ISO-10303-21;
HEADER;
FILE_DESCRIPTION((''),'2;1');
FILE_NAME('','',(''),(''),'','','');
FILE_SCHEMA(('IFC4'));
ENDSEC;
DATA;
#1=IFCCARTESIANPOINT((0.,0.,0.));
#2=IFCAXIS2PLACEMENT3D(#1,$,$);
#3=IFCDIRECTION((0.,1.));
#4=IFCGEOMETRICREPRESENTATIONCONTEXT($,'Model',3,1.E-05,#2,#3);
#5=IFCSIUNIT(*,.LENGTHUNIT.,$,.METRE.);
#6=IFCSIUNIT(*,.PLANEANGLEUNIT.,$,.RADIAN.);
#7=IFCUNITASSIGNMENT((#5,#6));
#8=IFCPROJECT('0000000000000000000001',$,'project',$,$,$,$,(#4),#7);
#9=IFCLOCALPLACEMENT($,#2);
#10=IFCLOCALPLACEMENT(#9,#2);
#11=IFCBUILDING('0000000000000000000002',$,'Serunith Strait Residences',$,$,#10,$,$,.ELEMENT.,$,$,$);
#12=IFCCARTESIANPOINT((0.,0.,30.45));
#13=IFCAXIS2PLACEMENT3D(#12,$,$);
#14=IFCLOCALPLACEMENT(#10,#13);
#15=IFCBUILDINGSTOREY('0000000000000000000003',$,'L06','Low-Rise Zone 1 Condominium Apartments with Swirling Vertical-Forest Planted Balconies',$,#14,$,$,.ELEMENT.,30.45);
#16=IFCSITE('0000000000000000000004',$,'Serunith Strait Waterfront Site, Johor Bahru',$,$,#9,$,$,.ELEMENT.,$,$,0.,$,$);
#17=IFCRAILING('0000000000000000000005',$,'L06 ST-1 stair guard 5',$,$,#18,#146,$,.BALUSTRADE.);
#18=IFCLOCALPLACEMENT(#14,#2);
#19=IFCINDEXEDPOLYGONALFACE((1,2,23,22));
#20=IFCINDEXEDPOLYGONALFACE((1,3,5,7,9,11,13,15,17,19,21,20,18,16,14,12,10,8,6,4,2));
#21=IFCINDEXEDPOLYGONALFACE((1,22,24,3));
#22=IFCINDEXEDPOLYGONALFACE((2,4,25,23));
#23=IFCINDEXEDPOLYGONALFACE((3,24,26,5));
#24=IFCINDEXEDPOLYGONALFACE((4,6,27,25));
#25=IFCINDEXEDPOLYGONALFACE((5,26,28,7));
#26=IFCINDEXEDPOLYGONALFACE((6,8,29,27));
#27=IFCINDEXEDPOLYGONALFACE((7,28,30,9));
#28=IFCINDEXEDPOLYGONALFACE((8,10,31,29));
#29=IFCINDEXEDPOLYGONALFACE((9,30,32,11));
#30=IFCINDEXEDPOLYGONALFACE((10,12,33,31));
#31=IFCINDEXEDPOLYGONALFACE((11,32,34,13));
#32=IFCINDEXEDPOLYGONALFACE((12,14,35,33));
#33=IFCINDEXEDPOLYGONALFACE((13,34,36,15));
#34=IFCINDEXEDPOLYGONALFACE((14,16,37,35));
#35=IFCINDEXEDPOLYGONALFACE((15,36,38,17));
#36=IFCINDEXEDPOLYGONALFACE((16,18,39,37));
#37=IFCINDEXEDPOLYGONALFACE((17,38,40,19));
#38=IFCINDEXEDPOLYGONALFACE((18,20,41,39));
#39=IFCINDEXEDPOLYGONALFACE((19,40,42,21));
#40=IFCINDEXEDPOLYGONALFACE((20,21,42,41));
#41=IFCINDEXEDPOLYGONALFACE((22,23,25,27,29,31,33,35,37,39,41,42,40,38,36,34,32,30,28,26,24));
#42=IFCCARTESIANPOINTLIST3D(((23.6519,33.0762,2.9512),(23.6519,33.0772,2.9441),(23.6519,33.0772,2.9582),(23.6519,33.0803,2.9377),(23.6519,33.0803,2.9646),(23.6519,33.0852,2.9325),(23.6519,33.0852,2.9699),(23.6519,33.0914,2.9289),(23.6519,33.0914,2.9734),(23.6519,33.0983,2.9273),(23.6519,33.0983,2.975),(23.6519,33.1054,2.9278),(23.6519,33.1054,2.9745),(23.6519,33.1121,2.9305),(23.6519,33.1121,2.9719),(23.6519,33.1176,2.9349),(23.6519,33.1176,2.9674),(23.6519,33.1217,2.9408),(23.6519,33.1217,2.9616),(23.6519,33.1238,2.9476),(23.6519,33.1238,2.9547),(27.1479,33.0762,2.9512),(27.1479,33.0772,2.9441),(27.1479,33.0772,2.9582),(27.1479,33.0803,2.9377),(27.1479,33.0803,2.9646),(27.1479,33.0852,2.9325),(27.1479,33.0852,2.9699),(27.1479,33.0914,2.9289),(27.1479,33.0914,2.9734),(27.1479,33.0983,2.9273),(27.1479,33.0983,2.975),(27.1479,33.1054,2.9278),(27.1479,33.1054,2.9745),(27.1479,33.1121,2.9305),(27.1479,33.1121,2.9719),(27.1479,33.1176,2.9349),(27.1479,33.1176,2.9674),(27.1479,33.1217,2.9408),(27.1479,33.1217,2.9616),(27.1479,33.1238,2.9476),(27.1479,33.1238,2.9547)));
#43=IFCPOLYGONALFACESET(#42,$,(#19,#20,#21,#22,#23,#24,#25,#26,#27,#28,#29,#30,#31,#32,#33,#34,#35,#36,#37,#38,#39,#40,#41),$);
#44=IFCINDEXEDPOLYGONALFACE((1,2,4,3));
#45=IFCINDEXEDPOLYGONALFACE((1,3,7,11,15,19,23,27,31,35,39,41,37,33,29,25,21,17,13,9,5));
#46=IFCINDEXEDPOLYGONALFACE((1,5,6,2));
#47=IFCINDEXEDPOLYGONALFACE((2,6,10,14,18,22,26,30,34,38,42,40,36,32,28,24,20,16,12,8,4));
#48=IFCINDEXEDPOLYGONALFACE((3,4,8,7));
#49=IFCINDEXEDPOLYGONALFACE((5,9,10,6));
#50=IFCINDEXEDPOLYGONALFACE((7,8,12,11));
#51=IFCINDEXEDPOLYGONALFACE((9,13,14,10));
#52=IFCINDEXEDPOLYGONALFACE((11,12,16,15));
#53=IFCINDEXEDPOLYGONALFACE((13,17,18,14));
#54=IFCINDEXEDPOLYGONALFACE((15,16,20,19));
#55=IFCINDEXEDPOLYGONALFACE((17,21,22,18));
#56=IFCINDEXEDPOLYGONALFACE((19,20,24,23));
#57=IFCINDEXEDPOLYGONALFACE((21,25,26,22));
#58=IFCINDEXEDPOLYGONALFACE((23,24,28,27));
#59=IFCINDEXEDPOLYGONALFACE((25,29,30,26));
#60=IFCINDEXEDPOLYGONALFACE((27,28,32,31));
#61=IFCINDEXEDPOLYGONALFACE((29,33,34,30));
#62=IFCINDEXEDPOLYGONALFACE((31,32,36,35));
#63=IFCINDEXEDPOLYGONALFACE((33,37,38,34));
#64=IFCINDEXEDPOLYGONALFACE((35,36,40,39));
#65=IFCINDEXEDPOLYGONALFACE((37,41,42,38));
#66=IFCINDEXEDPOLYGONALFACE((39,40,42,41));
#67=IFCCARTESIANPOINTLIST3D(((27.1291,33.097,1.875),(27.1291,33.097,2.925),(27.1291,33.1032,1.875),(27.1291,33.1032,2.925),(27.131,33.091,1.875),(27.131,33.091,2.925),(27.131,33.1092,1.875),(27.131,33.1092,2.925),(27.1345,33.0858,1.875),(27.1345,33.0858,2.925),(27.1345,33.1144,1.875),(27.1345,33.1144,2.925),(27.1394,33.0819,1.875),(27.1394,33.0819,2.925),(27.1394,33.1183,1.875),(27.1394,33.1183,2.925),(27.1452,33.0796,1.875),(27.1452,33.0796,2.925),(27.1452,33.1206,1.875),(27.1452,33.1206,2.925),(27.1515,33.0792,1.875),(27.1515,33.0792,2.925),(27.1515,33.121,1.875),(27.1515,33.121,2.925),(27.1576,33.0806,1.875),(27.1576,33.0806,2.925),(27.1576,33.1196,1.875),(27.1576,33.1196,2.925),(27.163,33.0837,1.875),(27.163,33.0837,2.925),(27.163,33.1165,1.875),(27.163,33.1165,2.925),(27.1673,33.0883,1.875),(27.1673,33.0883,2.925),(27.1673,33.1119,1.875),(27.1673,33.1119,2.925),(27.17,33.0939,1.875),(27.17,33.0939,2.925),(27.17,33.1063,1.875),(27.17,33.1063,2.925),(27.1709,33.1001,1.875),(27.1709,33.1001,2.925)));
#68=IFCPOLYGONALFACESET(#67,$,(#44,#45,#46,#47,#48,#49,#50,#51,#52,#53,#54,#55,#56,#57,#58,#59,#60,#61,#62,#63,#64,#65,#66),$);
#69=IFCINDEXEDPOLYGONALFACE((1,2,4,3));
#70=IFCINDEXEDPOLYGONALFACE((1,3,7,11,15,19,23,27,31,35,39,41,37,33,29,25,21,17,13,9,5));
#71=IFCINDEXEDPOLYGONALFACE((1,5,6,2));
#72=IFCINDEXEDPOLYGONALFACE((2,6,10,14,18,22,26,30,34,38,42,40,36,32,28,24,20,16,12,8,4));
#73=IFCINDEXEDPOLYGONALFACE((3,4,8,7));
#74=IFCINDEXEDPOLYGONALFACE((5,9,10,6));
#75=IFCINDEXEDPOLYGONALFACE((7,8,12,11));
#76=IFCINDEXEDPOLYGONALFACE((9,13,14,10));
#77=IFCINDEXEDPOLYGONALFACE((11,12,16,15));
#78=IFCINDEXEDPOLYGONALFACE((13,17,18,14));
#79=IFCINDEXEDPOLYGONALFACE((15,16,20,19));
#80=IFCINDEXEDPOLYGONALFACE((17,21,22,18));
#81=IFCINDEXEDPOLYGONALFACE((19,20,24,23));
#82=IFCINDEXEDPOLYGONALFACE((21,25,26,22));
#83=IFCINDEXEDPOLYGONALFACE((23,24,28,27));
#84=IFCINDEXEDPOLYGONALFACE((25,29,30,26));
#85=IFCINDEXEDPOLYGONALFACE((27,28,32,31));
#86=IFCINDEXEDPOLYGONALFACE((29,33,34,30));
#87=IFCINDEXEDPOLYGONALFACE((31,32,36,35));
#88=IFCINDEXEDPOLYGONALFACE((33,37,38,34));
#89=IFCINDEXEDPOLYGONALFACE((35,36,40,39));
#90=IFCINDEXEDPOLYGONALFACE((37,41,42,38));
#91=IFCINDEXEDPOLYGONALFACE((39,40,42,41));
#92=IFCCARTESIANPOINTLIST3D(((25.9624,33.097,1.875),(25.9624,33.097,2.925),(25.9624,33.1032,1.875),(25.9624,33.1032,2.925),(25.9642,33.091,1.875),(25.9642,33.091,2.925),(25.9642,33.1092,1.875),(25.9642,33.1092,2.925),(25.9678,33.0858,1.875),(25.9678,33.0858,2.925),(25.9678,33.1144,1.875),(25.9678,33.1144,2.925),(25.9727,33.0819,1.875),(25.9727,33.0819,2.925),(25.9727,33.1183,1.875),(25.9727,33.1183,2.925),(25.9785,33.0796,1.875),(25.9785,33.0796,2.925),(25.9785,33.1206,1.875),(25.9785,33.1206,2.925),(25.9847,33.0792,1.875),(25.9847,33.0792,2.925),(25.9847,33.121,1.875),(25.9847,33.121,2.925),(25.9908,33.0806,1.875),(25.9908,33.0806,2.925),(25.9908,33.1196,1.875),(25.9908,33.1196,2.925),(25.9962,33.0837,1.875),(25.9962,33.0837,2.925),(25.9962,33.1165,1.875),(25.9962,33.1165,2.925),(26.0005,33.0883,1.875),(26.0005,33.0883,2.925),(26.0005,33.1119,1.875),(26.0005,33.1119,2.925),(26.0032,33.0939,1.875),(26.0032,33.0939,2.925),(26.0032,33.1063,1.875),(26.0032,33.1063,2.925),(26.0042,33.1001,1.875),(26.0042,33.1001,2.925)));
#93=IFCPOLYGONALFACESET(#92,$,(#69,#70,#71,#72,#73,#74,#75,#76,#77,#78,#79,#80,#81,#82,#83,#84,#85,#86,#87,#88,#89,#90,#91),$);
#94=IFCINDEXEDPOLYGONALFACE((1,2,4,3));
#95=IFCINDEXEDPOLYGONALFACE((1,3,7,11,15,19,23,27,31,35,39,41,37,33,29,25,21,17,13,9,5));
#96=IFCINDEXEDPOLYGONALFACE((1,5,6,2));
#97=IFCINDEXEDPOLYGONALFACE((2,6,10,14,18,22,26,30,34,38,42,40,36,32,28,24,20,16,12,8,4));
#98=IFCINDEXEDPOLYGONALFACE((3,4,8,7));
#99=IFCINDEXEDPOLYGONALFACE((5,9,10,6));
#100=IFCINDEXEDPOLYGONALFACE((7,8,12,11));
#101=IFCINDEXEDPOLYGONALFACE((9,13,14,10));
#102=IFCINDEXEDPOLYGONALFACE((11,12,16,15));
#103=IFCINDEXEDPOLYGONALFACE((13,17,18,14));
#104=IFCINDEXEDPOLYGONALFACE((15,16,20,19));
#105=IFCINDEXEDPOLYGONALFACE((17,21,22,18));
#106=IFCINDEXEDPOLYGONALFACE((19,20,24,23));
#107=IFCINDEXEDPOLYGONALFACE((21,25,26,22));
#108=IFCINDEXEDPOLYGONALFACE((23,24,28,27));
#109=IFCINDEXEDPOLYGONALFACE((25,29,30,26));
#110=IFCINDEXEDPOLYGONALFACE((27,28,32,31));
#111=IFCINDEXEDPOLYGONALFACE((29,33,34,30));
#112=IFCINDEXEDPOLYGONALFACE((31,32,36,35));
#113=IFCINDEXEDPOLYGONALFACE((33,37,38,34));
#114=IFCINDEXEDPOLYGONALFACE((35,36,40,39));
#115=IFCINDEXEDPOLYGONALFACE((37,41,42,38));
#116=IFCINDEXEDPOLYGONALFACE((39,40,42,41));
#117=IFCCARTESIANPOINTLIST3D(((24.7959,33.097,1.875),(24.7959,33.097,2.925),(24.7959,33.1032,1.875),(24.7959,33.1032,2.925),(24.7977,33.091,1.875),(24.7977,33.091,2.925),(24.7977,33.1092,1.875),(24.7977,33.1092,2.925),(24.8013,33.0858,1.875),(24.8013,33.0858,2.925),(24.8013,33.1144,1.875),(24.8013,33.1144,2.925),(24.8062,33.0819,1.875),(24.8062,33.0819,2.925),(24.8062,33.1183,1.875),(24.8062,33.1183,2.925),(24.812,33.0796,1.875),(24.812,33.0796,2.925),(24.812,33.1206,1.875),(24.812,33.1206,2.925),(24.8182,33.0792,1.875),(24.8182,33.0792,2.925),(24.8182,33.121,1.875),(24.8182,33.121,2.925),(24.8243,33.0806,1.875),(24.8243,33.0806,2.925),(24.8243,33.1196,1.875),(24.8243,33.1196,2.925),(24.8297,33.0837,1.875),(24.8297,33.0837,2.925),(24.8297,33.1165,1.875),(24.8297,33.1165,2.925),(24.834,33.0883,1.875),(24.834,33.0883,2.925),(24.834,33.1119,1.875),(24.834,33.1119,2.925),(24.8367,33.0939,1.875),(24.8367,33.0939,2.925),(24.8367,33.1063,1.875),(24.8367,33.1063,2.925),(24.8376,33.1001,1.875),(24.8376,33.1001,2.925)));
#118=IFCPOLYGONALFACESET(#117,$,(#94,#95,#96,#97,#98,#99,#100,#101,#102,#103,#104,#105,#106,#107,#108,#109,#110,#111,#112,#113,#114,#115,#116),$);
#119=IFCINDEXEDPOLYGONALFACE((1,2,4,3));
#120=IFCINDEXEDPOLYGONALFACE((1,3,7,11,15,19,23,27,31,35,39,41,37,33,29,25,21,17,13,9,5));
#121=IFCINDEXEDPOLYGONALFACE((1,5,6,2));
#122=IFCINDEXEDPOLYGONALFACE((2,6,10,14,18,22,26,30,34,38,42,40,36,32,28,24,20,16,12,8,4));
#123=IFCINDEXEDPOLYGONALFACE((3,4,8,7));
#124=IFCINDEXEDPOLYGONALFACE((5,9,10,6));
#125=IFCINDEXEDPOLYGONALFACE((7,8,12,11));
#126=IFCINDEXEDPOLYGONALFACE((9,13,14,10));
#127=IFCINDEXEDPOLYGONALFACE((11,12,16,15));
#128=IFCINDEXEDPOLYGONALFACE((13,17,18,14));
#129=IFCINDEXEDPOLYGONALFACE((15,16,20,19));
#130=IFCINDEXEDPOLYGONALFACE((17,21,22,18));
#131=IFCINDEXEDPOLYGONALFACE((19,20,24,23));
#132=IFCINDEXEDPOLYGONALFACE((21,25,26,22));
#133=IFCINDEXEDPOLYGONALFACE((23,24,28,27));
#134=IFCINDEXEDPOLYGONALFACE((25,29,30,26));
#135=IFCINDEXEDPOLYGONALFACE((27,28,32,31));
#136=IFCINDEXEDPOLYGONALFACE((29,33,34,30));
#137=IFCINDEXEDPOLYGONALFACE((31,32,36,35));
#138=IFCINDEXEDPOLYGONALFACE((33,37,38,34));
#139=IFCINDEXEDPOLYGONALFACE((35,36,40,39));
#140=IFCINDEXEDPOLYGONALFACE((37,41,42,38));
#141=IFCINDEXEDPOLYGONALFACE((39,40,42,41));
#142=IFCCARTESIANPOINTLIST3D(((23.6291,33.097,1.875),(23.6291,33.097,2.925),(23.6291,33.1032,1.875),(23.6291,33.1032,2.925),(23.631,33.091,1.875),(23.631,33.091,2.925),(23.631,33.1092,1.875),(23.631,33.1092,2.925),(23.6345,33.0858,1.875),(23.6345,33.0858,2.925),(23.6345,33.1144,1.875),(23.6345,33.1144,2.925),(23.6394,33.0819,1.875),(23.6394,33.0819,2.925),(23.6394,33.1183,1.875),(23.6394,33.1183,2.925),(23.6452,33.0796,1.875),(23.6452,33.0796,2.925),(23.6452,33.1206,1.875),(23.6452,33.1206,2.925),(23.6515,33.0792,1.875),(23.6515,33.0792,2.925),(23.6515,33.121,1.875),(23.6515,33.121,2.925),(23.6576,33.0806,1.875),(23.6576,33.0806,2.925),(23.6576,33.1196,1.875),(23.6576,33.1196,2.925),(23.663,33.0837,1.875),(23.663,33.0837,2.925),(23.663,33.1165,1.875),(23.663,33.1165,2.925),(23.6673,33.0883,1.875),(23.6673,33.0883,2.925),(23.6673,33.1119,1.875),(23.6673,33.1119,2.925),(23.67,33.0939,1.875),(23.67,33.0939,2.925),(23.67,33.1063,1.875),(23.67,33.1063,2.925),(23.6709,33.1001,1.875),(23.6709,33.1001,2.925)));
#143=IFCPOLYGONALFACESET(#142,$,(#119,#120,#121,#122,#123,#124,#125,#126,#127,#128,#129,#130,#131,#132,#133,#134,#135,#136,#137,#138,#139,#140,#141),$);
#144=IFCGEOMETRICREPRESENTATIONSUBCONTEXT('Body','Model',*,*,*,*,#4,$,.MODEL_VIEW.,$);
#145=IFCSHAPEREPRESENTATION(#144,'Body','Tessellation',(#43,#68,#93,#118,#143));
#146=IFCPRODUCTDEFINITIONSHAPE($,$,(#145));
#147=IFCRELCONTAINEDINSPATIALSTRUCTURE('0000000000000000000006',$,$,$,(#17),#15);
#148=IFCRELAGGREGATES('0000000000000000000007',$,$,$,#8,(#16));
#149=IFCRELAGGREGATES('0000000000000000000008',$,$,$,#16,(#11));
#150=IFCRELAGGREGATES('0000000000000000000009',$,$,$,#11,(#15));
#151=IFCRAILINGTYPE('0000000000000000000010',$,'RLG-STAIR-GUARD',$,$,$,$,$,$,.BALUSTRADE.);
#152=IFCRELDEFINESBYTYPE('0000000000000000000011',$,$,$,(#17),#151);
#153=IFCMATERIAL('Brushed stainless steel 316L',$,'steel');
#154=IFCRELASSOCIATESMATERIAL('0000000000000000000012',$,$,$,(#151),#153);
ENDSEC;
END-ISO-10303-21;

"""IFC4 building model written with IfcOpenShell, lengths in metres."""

from ifc_helpers import new_model, si_unit, direction, frame, origin, origin_2d, place, context, subcontext, project, spatial, circle, extrude, material, type_object, element, save


model = new_model("IFC4")

# Units and contexts
model_context = context("Model", 3, precision=1e-05, world=origin(), true_north=direction((0.0, 1.0)))
body_context = subcontext(model_context, "Body", "Model", "MODEL_VIEW")
ifc_project = project(units=[si_unit("LENGTHUNIT", "METRE"), si_unit("PLANEANGLEUNIT", "RADIAN")], contexts=[model_context])

# Site, building, storey
site_placement = place(None, origin())
site = spatial("IfcSite", under=ifc_project, at=site_placement, Name="Serunith Strait Waterfront Site, Johor Bahru", CompositionType="ELEMENT", RefElevation=0.0)
building_placement = place(site_placement, origin())
building = spatial("IfcBuilding", under=site, at=building_placement, Name="Serunith Strait Residences", CompositionType="ELEMENT")
storey_placement = place(building_placement, frame((0.0, 0.0, 30.45)))
storey = spatial("IfcBuildingStorey", under=building, at=storey_placement, Name="L06", Description="Low-Rise Zone 1 Condominium Apartments with Swirling Vertical-Forest Planted Balconies", CompositionType="ELEMENT", Elevation=30.45)

# Railing
ifc_material_1 = material(Name="Brushed stainless steel 316L", Category="steel")
railing_type_1 = type_object("IfcRailingType", Name="RLG-STAIR-GUARD", PredefinedType="BALUSTRADE", material=ifc_material_1)
railing_1_placement = place(storey_placement, frame((27.1499, 33.1001, 1.875)))
element("IfcRailing", 1, at=railing_1_placement, inside=storey, type_object=railing_type_1, Name="L06 ST-1 stair guard 5", PredefinedType="BALUSTRADE", context=body_context, shape_type="SweptSolid", body=[
    extrude(circle(Radius=0.0239, at=origin_2d()), frame((-0.002, 0.0, 1.0762), z_axis=(-1.0, 0.0, 0.0), x_axis=(0.0, -1.0, 0.0)), (0.0, 0.0, 1.0), 3.4961),
    extrude(circle(Radius=0.021, at=origin_2d()), origin(), (0.0, 0.0, 1.0), 1.05),
    extrude(circle(Radius=0.021, at=origin_2d()), frame((-1.1667, 0.0, 0.0)), (0.0, 0.0, 1.0), 1.05),
    extrude(circle(Radius=0.021, at=origin_2d()), frame((-2.3333, 0.0, 0.0)), (0.0, 0.0, 1.0), 1.05),
    extrude(circle(Radius=0.021, at=origin_2d()), frame((-3.5, 0.0, 0.0)), (0.0, 0.0, 1.0), 1.05),
])

save(model, "model.ifc")
